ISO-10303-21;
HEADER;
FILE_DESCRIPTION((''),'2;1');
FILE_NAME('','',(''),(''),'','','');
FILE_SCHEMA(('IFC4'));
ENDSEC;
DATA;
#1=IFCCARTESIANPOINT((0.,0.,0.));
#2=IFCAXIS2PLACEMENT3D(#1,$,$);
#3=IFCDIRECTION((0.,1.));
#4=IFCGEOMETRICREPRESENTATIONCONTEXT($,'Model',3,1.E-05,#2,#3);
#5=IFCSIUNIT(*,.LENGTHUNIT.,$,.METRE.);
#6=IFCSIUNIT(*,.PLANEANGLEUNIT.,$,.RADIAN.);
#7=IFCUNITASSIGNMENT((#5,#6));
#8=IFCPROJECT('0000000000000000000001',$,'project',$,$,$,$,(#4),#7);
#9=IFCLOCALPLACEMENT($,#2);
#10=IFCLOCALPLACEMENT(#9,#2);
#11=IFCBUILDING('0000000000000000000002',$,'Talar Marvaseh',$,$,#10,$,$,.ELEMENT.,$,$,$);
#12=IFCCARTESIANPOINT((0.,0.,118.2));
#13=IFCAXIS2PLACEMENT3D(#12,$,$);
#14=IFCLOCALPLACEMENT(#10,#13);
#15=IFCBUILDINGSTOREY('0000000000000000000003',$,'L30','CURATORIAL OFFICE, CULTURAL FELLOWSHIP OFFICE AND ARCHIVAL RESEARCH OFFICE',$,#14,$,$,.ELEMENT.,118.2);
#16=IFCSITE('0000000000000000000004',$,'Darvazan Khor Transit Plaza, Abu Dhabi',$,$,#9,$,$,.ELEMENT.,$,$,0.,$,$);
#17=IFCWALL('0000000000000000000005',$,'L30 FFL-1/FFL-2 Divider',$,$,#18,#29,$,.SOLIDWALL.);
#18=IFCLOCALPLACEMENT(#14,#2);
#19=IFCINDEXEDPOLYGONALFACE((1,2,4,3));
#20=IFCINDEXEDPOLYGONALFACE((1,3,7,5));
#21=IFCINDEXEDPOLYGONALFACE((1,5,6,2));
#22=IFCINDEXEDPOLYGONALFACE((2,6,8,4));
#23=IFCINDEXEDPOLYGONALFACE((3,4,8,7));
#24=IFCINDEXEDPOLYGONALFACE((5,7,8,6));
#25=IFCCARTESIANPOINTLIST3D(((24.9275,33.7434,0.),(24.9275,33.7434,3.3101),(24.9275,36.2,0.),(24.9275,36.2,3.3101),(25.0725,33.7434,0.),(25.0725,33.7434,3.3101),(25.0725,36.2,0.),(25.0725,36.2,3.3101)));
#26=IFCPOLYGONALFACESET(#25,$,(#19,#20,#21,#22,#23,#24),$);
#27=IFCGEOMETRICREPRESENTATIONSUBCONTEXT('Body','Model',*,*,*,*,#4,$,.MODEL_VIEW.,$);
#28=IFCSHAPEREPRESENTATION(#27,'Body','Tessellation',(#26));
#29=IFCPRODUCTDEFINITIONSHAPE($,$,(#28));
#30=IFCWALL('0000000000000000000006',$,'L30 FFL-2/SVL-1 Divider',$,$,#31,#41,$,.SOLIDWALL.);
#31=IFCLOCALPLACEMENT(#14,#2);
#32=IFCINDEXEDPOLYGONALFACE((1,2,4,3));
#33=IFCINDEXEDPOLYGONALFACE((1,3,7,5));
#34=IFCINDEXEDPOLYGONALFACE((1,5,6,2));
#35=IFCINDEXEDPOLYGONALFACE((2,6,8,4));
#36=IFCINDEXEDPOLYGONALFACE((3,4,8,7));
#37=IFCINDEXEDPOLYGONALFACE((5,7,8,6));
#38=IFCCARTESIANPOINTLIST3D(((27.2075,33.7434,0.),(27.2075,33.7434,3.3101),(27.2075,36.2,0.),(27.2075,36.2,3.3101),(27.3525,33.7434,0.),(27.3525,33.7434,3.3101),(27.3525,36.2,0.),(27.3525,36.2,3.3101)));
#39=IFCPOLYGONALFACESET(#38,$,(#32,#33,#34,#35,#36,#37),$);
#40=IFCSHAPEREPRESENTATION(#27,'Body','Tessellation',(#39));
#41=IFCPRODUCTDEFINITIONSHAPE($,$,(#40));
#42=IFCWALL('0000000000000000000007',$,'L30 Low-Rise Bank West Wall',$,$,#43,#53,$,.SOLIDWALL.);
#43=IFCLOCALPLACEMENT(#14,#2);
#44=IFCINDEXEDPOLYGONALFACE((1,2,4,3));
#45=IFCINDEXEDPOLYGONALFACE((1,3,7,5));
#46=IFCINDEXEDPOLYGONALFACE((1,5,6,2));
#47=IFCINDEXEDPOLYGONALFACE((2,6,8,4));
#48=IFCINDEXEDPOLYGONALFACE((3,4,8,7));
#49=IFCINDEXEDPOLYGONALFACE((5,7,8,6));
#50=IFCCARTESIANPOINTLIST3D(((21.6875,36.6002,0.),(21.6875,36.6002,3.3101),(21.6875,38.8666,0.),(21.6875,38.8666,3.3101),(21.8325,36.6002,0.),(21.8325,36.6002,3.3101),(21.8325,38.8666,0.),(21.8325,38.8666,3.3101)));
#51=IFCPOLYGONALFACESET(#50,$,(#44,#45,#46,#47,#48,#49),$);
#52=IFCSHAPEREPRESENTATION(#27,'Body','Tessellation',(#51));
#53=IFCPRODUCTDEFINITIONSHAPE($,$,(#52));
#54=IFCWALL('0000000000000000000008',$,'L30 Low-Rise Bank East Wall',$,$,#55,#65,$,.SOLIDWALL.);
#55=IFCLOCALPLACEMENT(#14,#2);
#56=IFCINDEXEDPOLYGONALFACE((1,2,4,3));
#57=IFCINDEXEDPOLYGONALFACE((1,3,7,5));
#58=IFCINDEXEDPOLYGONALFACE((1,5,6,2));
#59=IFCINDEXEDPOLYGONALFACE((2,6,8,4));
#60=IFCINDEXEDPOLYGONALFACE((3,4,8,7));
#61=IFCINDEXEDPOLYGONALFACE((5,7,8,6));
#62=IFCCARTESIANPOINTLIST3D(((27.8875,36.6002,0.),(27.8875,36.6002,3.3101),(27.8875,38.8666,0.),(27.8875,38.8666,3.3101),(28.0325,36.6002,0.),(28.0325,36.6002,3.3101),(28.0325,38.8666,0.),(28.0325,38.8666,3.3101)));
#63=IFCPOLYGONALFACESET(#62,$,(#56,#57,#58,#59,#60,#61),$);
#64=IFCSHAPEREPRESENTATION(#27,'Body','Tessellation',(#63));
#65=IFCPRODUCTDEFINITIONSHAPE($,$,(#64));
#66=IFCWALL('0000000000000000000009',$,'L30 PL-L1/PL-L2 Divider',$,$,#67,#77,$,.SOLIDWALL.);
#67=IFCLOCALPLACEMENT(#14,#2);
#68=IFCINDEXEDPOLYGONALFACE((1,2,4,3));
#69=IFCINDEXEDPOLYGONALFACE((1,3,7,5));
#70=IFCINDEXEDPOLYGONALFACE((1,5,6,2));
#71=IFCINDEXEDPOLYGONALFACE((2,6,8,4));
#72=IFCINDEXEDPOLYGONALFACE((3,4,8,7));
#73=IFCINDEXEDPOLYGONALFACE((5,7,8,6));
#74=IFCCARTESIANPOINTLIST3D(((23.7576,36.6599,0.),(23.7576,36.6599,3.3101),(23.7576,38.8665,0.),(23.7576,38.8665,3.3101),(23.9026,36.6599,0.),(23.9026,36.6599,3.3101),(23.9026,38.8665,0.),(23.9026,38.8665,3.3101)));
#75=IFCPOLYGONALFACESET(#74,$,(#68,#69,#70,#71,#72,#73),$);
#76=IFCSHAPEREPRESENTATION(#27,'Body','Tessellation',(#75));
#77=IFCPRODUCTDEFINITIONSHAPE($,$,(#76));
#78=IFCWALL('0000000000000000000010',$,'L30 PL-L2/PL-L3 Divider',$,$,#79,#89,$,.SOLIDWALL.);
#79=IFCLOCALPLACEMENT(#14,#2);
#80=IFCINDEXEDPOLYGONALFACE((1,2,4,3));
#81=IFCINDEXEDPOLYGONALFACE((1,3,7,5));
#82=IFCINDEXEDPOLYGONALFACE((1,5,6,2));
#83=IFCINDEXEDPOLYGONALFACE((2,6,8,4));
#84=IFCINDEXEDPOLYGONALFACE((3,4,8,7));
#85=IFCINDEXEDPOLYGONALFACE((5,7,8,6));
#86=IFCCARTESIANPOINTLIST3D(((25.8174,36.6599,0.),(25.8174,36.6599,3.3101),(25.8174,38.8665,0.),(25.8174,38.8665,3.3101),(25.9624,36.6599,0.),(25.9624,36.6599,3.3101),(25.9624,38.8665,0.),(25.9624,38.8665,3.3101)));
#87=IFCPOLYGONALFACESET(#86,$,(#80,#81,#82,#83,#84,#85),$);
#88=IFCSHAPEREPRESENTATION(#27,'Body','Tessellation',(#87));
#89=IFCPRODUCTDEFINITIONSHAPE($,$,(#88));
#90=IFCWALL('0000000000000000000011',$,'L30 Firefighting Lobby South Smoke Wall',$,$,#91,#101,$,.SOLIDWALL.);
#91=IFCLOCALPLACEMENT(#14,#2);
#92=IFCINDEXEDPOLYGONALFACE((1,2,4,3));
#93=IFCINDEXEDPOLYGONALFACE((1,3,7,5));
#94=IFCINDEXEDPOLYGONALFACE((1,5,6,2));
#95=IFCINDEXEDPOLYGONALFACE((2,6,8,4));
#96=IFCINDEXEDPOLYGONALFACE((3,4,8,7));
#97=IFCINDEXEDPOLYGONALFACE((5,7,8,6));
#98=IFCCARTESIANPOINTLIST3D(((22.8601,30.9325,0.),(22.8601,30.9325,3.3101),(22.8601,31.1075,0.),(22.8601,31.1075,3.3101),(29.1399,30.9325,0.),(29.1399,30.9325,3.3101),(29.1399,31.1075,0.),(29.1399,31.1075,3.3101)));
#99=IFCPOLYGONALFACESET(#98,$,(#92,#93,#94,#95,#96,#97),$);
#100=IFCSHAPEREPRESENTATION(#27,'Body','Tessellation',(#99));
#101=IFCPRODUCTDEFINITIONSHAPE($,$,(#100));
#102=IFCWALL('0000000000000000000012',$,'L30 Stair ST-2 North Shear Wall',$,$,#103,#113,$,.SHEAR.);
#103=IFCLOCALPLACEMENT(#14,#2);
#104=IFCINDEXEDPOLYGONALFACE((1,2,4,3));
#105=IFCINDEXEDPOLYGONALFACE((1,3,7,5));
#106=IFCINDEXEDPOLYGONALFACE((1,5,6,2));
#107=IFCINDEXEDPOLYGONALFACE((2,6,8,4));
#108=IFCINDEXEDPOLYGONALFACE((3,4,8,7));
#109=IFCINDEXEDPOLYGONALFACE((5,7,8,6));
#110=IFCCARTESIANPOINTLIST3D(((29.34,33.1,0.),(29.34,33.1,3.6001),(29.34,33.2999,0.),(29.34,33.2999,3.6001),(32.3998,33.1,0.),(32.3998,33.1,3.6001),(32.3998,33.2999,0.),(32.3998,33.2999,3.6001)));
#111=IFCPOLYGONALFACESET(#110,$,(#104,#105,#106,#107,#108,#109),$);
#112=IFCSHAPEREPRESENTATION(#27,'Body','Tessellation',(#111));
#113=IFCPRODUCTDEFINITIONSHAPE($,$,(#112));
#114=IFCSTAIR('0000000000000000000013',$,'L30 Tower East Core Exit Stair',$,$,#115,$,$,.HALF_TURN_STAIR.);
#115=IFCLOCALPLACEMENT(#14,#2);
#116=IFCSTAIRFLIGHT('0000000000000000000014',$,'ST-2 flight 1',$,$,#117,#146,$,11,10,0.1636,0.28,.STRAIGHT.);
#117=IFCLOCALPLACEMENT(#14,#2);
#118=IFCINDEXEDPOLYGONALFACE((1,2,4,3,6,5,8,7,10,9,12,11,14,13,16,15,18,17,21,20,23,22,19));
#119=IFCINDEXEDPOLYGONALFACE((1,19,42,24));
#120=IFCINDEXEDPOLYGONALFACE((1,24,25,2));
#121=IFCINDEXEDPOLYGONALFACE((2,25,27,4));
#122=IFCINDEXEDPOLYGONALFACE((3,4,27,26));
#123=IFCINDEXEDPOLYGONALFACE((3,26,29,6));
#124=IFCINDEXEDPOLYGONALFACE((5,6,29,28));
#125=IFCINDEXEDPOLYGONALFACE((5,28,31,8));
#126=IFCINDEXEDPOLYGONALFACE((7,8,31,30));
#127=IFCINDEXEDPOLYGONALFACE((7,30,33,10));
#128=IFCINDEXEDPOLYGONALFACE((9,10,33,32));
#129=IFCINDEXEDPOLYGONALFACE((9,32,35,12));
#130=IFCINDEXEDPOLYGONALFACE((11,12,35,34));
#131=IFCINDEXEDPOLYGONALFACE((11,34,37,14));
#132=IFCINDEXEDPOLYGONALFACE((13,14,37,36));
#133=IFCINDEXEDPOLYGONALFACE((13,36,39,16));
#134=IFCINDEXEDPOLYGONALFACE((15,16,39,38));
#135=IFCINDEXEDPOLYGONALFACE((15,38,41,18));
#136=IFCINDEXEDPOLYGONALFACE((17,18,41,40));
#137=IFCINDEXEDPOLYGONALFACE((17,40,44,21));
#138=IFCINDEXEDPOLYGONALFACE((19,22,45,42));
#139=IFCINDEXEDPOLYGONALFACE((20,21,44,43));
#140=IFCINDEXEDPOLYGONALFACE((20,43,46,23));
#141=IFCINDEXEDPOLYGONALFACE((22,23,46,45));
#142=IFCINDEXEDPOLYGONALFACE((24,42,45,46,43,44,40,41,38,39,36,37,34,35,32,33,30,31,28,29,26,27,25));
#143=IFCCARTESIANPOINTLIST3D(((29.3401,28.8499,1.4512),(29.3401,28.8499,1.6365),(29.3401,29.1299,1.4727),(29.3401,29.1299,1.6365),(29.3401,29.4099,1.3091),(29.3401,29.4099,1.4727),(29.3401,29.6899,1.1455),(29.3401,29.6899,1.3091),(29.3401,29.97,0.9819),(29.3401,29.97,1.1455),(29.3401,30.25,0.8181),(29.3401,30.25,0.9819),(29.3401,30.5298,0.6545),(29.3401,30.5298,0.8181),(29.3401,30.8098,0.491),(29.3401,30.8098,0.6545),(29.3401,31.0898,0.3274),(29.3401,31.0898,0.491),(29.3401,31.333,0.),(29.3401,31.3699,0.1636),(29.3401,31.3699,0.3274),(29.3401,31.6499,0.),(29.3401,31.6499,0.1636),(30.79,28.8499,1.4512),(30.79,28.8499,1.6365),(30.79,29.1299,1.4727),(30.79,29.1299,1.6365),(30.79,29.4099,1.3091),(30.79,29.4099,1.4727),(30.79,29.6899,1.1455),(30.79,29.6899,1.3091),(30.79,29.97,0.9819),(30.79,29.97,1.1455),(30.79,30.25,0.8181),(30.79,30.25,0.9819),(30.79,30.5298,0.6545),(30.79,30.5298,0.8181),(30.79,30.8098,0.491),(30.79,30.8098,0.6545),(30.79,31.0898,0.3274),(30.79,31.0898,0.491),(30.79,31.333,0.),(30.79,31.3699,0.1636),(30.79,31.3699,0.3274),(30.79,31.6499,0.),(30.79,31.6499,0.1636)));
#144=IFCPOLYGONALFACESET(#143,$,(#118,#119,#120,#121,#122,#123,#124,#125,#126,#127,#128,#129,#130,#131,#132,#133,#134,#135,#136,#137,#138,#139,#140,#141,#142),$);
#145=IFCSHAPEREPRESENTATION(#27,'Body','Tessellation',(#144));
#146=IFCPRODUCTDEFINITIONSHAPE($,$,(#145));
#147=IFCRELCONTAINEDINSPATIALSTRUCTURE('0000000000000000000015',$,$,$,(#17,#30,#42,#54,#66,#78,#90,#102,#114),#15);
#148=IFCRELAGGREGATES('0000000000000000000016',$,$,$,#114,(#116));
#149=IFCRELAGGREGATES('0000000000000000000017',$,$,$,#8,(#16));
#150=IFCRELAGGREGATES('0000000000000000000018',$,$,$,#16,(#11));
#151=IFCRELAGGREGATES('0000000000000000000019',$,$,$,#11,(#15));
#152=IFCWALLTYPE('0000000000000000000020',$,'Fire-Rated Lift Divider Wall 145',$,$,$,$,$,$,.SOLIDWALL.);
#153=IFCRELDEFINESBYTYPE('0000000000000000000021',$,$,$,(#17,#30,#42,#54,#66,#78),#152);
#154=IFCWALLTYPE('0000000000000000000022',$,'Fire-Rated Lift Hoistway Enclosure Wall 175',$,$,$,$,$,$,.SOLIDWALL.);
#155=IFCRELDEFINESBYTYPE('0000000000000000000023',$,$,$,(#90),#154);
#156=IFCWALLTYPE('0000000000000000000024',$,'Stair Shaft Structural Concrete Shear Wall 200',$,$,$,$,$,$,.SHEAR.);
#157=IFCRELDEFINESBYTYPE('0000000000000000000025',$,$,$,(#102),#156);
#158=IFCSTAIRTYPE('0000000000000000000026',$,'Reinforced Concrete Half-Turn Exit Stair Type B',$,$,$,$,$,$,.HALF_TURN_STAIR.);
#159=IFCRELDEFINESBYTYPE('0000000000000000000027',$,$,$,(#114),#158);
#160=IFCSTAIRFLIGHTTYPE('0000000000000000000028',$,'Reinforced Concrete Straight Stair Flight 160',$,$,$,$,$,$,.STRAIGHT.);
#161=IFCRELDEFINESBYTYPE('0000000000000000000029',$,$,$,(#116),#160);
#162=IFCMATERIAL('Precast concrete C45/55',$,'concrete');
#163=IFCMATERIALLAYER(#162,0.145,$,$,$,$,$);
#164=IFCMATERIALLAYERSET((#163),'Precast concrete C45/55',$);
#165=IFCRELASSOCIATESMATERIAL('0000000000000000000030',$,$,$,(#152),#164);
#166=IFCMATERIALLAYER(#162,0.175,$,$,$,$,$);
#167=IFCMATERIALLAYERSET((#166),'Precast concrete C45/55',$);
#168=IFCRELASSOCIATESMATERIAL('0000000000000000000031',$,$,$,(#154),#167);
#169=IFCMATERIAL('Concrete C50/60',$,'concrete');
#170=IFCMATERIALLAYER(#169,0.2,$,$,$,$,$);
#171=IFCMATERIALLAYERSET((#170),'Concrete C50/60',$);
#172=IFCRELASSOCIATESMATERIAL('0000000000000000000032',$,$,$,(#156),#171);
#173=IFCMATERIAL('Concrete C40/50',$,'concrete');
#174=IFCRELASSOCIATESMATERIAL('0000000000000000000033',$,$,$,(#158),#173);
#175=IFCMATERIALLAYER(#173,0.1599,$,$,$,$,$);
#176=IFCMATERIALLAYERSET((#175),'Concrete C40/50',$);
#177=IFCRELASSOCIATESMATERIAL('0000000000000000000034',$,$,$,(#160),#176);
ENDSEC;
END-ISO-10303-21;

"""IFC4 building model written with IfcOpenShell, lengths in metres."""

from ifc_helpers import new_model, si_unit, direction, frame, frame_2d, origin, place, context, subcontext, project, spatial, polyline, rectangle, outline, extrude, material, layer, layer_set, type_object, element, aggregate, save


model = new_model("IFC4")

# Units and contexts
model_context = context("Model", 3, precision=1e-05, world=origin(), true_north=direction((0.0, 1.0)))
body_context = subcontext(model_context, "Body", "Model", "MODEL_VIEW")
ifc_project = project(units=[si_unit("LENGTHUNIT", "METRE"), si_unit("PLANEANGLEUNIT", "RADIAN")], contexts=[model_context])

# Site, building, storey
site_placement = place(None, origin())
site = spatial("IfcSite", under=ifc_project, at=site_placement, Name="Darvazan Khor Transit Plaza, Abu Dhabi", CompositionType="ELEMENT", RefElevation=0.0)
building_placement = place(site_placement, origin())
building = spatial("IfcBuilding", under=site, at=building_placement, Name="Talar Marvaseh", CompositionType="ELEMENT")
storey_placement = place(building_placement, frame((0.0, 0.0, 118.2)))
storey = spatial("IfcBuildingStorey", under=building, at=storey_placement, Name="L30", Description="CURATORIAL OFFICE, CULTURAL FELLOWSHIP OFFICE AND ARCHIVAL RESEARCH OFFICE", CompositionType="ELEMENT", Elevation=118.2)

# Shared definitions
ifc_material_1 = material(Name="Concrete C40/50", Category="concrete")

# Walls
ifc_material_2 = material(Name="Precast concrete C45/55", Category="concrete")
ifc_layer_1 = layer(ifc_material_2, 0.145)
ifc_layer_set_1 = layer_set([ifc_layer_1], Name="Precast concrete C45/55")
wall_type_1 = type_object("IfcWallType", Name="Fire-Rated Lift Divider Wall 145", PredefinedType="SOLIDWALL", material=ifc_layer_set_1)
for number, where, z_axis, x_axis, name in (
    (1, (25.0, 33.7434, 0.0), (0.0, 0.0, 1.0), (0.0, 1.0, 0.0), "L30 FFL-1/FFL-2 Divider"),
    (2, (27.28, 33.7434, 0.0), (0.0, 0.0, 1.0), (0.0, 1.0, 0.0), "L30 FFL-2/SVL-1 Divider"),
):
    element("IfcWall", number, at=place(storey_placement, frame(where, z_axis=z_axis, x_axis=x_axis)), inside=storey, type_object=wall_type_1, Name=name, PredefinedType="SOLIDWALL", context=body_context, shape_type="SweptSolid", body=[
        extrude(rectangle(XDim=2.4565, YDim=0.145, at=frame_2d((1.2283, 0.0))), origin(), (0.0, 0.0, 1.0), 3.3101),
    ])
for number, where, z_axis, x_axis, name in (
    (3, (21.76, 36.6001, 0.0), (0.0, 0.0, 1.0), (0.0, 1.0, 0.0), "L30 Low-Rise Bank West Wall"),
    (4, (27.96, 36.6001, 0.0), (0.0, 0.0, 1.0), (0.0, 1.0, 0.0), "L30 Low-Rise Bank East Wall"),
):
    element("IfcWall", number, at=place(storey_placement, frame(where, z_axis=z_axis, x_axis=x_axis)), inside=storey, type_object=wall_type_1, Name=name, PredefinedType="SOLIDWALL", context=body_context, shape_type="SweptSolid", body=[
        extrude(rectangle(XDim=2.2664, YDim=0.145, at=frame_2d((1.1333, 0.0))), origin(), (0.0, 0.0, 1.0), 3.3101),
    ])
for number, where, z_axis, x_axis, name in (
    (5, (23.8301, 36.6599, 0.0), (0.0, 0.0, 1.0), (0.0, 1.0, 0.0), "L30 PL-L1/PL-L2 Divider"),
    (6, (25.8899, 36.6599, 0.0), (0.0, 0.0, 1.0), (0.0, 1.0, 0.0), "L30 PL-L2/PL-L3 Divider"),
):
    element("IfcWall", number, at=place(storey_placement, frame(where, z_axis=z_axis, x_axis=x_axis)), inside=storey, type_object=wall_type_1, Name=name, PredefinedType="SOLIDWALL", context=body_context, shape_type="SweptSolid", body=[
        extrude(rectangle(XDim=2.2065, YDim=0.145, at=frame_2d((1.1033, 0.0))), origin(), (0.0, 0.0, 1.0), 3.3101),
    ])

# Shared definitions
ifc_layer_2 = layer(ifc_material_2, 0.175)
ifc_layer_set_2 = layer_set([ifc_layer_2], Name="Precast concrete C45/55")
wall_type_2 = type_object("IfcWallType", Name="Fire-Rated Lift Hoistway Enclosure Wall 175", PredefinedType="SOLIDWALL", material=ifc_layer_set_2)

# Walls
wall_1_placement = place(storey_placement, frame((22.8601, 31.02, 0.0), z_axis=(0.0, 0.0, 1.0), x_axis=(1.0, 0.0, 0.0)))
element("IfcWall", 7, at=wall_1_placement, inside=storey, type_object=wall_type_2, Name="L30 Firefighting Lobby South Smoke Wall", PredefinedType="SOLIDWALL", context=body_context, shape_type="SweptSolid", body=[
    extrude(rectangle(XDim=6.2798, YDim=0.175, at=frame_2d((3.1399, 0.0))), origin(), (0.0, 0.0, 1.0), 3.3101),
])
ifc_material_3 = material(Name="Concrete C50/60", Category="concrete")
ifc_layer_3 = layer(ifc_material_3, 0.2)
ifc_layer_set_3 = layer_set([ifc_layer_3], Name="Concrete C50/60")
wall_type_3 = type_object("IfcWallType", Name="Stair Shaft Structural Concrete Shear Wall 200", PredefinedType="SHEAR", material=ifc_layer_set_3)
wall_2_placement = place(storey_placement, frame((29.3401, 33.2, 0.0), z_axis=(0.0, 0.0, 1.0), x_axis=(1.0, 0.0, 0.0)))
element("IfcWall", 8, at=wall_2_placement, inside=storey, type_object=wall_type_3, Name="L30 Stair ST-2 North Shear Wall", PredefinedType="SHEAR", context=body_context, shape_type="SweptSolid", body=[
    extrude(rectangle(XDim=3.0598, YDim=0.2, at=frame_2d((1.5298, 0.0))), origin(), (0.0, 0.0, 1.0), 3.6001),
])

# Stair, stair flight
stair_type = type_object("IfcStairType", Name="Reinforced Concrete Half-Turn Exit Stair Type B", PredefinedType="HALF_TURN_STAIR", material=ifc_material_1)
stair_placement = place(storey_placement, origin())
stair = element("IfcStair", 9, at=stair_placement, inside=storey, type_object=stair_type, Name="L30 Tower East Core Exit Stair", PredefinedType="HALF_TURN_STAIR")
ifc_layer_4 = layer(ifc_material_1, 0.1599)
ifc_layer_set_4 = layer_set([ifc_layer_4], Name="Concrete C40/50")
stair_flight_type = type_object("IfcStairFlightType", Name="Reinforced Concrete Straight Stair Flight 160", PredefinedType="STRAIGHT", material=ifc_layer_set_4)
stair_flight_placement = place(storey_placement, frame((30.0649, 31.6499, 0.0), z_axis=(0.0, 0.0, 1.0), x_axis=(0.0, -1.0, 0.0)))
stair_flight = element("IfcStairFlight", 10, at=stair_flight_placement, type_object=stair_flight_type, Name="ST-2 flight 1", NumberOfRisers=11, NumberOfTreads=10, PredefinedType="STRAIGHT", RiserHeight=0.1636, TreadLength=0.28, context=body_context, shape_type="SweptSolid", body=[
    extrude(outline(polyline([(0.0, 0.0), (0.0, 0.1636), (0.28, 0.1636), (0.28, 0.3274), (0.5601, 0.3274), (0.5601, 0.491), (0.8401, 0.491), (0.8401, 0.6545), (1.1201, 0.6545), (1.1201, 0.8181), (1.3999, 0.8181), (1.3999, 0.9819), (1.6799, 0.9819), (1.6799, 1.1455), (1.96, 1.1455), (1.96, 1.3091), (2.24, 1.3091), (2.24, 1.4727), (2.52, 1.4727), (2.52, 1.6365), (2.8, 1.6365), (2.8, 1.8), (2.8, 1.4512), (0.3169, 0.0), (0.0, 0.0)])), frame((0.0, 0.7251, 0.0), z_axis=(0.0, -1.0, 0.0), x_axis=(1.0, 0.0, 0.0)), (0.0, 0.0, 1.0), 1.45),
])
aggregate(stair, [stair_flight])

save(model, "model.ifc")
